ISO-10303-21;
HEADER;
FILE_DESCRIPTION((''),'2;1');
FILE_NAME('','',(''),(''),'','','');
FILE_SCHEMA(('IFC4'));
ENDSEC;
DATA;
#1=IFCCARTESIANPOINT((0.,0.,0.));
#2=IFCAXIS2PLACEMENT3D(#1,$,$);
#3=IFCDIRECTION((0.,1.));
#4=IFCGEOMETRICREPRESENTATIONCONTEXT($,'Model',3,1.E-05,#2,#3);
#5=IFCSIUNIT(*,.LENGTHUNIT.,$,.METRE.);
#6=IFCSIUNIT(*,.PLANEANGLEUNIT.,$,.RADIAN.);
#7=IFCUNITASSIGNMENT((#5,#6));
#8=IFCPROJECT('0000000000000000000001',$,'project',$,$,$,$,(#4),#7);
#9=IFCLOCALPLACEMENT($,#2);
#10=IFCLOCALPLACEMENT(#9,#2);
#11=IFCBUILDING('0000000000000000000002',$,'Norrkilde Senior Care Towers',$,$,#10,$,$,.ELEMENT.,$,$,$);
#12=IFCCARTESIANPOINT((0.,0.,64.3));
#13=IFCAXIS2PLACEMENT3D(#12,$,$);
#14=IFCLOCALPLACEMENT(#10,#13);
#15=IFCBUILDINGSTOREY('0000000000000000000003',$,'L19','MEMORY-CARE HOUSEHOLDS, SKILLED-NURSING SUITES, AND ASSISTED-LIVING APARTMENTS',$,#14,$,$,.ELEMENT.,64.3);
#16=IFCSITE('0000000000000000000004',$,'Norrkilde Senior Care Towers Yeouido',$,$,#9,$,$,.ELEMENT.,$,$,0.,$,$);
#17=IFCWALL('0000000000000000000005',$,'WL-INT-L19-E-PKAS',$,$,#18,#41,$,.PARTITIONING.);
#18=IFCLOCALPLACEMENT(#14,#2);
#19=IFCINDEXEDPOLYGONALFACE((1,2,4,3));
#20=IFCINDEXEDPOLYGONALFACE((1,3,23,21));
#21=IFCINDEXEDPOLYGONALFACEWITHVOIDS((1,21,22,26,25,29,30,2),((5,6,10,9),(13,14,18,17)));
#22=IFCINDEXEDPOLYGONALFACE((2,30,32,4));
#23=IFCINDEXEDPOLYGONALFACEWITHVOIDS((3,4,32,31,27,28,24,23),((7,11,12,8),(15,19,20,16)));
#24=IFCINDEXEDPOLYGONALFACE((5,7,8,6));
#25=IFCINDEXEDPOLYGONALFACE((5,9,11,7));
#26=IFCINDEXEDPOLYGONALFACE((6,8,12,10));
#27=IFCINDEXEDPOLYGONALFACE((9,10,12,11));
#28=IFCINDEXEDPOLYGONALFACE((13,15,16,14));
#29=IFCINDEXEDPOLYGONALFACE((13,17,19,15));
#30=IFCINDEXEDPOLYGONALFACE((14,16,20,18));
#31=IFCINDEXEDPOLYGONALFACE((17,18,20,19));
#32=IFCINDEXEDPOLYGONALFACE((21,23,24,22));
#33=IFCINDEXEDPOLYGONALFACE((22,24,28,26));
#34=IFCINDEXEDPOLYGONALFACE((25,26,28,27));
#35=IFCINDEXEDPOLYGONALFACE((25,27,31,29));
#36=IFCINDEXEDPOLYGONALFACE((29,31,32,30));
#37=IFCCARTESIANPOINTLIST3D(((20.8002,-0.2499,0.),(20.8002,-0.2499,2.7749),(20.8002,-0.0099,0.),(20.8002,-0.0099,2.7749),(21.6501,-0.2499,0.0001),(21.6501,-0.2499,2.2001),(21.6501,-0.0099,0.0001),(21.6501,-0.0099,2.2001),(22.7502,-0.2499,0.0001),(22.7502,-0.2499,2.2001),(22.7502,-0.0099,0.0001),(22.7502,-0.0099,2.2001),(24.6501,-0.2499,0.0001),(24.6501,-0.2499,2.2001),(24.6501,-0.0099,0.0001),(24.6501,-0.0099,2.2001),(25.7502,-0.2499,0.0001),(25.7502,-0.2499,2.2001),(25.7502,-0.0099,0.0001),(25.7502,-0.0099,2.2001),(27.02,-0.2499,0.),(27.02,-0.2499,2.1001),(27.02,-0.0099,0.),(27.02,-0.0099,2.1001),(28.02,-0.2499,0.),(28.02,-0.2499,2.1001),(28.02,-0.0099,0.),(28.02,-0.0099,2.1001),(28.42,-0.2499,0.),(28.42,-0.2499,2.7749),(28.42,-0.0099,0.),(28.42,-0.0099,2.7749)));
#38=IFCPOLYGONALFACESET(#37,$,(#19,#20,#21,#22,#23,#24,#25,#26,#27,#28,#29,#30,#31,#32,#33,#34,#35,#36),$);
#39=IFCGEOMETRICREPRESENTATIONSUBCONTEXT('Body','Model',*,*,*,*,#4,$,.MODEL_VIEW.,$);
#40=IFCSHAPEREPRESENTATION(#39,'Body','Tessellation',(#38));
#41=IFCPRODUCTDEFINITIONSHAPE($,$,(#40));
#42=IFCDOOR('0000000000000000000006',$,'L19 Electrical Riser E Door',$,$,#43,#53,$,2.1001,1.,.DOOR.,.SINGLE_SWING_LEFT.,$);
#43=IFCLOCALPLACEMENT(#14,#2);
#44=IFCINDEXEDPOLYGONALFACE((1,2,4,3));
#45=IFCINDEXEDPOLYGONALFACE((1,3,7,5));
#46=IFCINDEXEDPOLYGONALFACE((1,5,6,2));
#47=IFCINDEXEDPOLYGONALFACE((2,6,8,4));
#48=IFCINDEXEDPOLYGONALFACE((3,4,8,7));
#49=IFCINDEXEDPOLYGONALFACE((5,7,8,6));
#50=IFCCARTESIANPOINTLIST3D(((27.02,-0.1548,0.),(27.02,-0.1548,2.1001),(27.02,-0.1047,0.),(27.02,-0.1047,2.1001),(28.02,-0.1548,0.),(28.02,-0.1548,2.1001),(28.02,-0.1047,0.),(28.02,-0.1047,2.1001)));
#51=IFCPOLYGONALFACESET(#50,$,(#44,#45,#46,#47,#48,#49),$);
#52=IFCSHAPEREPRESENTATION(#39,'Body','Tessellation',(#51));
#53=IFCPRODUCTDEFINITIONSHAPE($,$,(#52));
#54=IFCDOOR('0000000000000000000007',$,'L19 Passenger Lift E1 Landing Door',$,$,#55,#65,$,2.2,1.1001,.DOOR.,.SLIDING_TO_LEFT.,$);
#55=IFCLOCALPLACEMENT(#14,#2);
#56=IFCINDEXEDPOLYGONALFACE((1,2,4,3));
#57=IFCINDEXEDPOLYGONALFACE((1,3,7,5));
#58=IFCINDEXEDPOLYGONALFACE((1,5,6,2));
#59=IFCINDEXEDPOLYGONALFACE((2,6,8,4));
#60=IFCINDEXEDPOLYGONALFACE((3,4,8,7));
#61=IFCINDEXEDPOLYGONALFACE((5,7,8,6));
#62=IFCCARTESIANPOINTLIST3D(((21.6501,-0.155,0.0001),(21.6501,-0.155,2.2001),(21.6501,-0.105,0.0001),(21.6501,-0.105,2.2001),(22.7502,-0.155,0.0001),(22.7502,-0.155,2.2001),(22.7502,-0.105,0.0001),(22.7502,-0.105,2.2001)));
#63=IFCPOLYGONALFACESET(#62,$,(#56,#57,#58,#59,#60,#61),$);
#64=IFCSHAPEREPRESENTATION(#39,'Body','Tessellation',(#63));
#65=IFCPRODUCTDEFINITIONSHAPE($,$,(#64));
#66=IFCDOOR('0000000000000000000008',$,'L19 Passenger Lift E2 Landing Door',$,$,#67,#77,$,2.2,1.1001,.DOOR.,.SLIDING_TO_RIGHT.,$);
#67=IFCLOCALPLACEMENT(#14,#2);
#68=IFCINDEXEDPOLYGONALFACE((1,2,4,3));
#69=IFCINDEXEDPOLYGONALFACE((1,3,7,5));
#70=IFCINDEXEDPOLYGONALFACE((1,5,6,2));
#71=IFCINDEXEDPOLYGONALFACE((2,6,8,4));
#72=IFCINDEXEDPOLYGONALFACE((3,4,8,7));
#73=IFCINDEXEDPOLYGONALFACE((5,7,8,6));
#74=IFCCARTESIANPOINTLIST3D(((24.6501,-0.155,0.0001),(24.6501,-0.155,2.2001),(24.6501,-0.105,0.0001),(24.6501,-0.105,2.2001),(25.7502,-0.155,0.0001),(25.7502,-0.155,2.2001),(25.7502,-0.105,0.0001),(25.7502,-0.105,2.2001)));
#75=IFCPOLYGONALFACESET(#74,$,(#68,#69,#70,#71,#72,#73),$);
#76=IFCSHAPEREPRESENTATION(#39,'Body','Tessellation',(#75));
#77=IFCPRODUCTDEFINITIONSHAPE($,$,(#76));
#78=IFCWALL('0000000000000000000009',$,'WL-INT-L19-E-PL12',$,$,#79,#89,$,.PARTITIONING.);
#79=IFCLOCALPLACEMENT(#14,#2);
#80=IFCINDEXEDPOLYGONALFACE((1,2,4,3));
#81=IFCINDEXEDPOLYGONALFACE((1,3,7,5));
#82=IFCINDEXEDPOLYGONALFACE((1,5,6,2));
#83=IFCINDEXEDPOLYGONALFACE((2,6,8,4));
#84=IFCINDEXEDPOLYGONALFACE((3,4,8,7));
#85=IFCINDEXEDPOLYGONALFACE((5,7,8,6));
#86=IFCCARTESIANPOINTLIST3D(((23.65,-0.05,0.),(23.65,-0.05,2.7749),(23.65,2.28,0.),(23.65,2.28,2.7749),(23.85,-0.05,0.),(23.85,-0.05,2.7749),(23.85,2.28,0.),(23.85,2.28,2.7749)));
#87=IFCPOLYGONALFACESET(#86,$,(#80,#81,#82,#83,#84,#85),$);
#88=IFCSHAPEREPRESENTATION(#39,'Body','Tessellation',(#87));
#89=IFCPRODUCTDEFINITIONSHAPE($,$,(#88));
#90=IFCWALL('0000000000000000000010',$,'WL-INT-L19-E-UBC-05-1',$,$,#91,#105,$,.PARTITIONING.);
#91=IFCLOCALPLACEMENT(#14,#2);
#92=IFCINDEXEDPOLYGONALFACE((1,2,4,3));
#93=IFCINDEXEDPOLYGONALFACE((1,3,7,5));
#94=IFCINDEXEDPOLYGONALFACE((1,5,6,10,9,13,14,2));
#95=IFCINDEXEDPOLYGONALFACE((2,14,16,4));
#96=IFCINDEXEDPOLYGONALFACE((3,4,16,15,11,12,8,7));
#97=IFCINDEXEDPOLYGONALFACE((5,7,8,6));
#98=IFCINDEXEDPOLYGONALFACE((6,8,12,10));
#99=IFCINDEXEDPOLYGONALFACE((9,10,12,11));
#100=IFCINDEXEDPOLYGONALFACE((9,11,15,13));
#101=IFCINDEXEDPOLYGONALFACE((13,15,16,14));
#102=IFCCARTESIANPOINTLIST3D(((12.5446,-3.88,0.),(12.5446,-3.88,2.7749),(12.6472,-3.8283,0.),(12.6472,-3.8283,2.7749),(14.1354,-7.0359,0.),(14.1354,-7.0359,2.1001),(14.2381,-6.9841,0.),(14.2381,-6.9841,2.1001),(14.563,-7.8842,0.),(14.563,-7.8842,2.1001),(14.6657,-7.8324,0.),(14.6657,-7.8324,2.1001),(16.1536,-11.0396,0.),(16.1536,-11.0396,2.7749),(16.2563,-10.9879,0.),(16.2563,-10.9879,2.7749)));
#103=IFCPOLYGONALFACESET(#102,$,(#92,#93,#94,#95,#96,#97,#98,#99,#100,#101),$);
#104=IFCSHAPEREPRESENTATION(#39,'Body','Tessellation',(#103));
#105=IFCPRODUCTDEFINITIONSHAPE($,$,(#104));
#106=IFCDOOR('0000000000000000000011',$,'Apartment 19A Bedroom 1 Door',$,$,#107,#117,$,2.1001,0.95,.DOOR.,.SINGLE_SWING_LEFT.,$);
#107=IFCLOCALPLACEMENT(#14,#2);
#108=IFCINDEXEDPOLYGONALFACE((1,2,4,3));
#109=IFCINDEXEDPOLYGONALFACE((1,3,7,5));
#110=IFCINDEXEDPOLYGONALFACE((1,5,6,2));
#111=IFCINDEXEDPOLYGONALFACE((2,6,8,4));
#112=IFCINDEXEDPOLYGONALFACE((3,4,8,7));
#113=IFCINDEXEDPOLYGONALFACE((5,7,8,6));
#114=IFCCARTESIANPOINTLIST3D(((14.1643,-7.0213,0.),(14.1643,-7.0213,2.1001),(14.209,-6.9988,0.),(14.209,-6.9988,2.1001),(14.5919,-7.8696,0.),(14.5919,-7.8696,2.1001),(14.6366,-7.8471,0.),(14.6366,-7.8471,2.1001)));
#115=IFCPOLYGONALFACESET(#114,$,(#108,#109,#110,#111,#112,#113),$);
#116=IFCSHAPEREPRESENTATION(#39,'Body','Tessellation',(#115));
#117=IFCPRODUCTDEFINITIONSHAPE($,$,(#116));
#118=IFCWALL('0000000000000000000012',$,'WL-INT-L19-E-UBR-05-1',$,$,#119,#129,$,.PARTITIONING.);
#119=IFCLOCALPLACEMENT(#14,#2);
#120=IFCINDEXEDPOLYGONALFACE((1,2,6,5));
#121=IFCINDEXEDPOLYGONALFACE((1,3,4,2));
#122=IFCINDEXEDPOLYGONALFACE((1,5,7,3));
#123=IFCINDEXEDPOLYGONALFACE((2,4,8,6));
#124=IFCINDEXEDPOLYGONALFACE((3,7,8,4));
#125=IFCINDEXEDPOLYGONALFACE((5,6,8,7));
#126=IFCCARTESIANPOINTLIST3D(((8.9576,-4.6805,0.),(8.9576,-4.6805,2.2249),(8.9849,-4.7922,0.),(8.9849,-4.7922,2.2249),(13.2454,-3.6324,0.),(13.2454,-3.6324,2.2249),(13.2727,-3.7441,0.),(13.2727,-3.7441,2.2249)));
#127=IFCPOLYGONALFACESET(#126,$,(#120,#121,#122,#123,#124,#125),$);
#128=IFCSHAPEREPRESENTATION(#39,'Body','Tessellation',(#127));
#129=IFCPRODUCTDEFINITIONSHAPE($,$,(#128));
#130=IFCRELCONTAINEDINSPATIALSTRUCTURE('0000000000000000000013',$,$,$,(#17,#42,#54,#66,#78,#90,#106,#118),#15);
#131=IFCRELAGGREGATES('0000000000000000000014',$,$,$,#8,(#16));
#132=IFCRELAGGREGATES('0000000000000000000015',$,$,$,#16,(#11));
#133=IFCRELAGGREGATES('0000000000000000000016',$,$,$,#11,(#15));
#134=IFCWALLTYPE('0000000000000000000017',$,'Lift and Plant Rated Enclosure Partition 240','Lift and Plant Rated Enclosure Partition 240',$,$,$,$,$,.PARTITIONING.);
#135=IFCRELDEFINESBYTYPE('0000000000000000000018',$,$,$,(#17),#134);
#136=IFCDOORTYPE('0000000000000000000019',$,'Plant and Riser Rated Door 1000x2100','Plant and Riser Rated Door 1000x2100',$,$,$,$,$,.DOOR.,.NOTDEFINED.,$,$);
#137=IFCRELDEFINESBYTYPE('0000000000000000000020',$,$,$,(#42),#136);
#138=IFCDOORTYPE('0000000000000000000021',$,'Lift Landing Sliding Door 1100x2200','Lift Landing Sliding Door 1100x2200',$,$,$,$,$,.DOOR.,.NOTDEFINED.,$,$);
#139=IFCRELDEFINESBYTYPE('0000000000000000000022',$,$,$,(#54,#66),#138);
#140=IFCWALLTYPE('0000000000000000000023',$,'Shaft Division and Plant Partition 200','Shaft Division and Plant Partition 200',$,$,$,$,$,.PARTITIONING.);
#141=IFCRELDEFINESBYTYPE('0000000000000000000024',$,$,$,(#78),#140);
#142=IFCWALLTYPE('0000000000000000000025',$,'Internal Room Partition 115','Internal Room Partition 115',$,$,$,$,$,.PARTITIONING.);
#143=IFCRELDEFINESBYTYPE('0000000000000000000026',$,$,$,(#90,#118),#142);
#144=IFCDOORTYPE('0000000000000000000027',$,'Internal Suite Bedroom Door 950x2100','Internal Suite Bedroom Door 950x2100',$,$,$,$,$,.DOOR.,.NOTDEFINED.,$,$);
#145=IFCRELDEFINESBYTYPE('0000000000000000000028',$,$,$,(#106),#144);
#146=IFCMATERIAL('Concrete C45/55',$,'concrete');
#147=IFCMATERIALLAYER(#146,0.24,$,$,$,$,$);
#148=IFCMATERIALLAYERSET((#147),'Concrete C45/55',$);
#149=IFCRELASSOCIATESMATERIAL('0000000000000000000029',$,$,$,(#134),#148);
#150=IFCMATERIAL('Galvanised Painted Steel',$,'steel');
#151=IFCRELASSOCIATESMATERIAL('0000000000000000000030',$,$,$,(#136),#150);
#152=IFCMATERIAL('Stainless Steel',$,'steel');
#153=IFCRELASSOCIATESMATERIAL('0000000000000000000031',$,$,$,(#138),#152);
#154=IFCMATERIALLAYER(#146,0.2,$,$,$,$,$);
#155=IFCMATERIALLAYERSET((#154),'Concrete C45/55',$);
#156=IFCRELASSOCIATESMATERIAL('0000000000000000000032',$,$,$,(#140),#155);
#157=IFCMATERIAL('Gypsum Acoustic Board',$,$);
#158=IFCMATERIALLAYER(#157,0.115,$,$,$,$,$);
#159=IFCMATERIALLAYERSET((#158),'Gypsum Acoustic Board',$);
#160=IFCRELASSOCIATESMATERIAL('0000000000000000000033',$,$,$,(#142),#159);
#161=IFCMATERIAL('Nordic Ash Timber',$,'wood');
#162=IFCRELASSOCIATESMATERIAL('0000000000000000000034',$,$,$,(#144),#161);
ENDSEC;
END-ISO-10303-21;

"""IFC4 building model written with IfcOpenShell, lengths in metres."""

from ifc_helpers import new_model, si_unit, direction, frame, frame_2d, origin, place, context, subcontext, project, spatial, rectangle, extrude, source, transform, mapped, material, layer, layer_set, type_object, type_shapes, element, fill, save


model = new_model("IFC4")

# Units and contexts
model_context = context("Model", 3, precision=1e-05, world=origin(), true_north=direction((0.0, 1.0)))
body_context = subcontext(model_context, "Body", "Model", "MODEL_VIEW")
ifc_project = project(units=[si_unit("LENGTHUNIT", "METRE"), si_unit("PLANEANGLEUNIT", "RADIAN")], contexts=[model_context])

# Site, building, storey
site_placement = place(None, origin())
site = spatial("IfcSite", under=ifc_project, at=site_placement, Name="Norrkilde Senior Care Towers Yeouido", CompositionType="ELEMENT", RefElevation=0.0)
building_placement = place(site_placement, origin())
building = spatial("IfcBuilding", under=site, at=building_placement, Name="Norrkilde Senior Care Towers", CompositionType="ELEMENT")
storey_placement = place(building_placement, frame((0.0, 0.0, 64.3)))
storey = spatial("IfcBuildingStorey", under=building, at=storey_placement, Name="L19", Description="MEMORY-CARE HOUSEHOLDS, SKILLED-NURSING SUITES, AND ASSISTED-LIVING APARTMENTS", CompositionType="ELEMENT", Elevation=64.3)

# Shared definitions
ifc_material_1 = material(Name="Galvanised Painted Steel", Category="steel")

# Wall, openings, doors
ifc_material_2 = material(Name="Concrete C45/55", Category="concrete")
ifc_layer_1 = layer(ifc_material_2, 0.24)
ifc_layer_set_1 = layer_set([ifc_layer_1], Name="Concrete C45/55")
wall_type_1 = type_object("IfcWallType", Name="Lift and Plant Rated Enclosure Partition 240", Description="Lift and Plant Rated Enclosure Partition 240", PredefinedType="PARTITIONING", material=ifc_layer_set_1)
shared_shape_1 = source(origin(), body_context, "Body", "SweptSolid", [
    extrude(rectangle(XDim=7.6199, YDim=0.24, at=frame_2d((3.8101, 0.0))), origin(), (0.0, 0.0, 1.0), 2.7749),
])
type_shapes(wall_type_1, [shared_shape_1])
wall_1_placement = place(storey_placement, frame((20.8, -0.1299, 0.0), z_axis=(0.0, 0.0, 1.0), x_axis=(1.0, 0.0, 0.0)))
wall_1 = element("IfcWall", 1, at=wall_1_placement, inside=storey, type_object=wall_type_1, Name="WL-INT-L19-E-PKAS", PredefinedType="PARTITIONING", context=body_context, shape_type="MappedRepresentation", body=[
    mapped(shared_shape_1, transform((0.0, 0.0, 0.0), x_axis=(1.0, 0.0, 0.0), y_axis=(0.0, 1.0, 0.0), z_axis=(0.0, 0.0, 1.0), scale=1.0)),
])
opening_1_placement = place(wall_1_placement, frame((6.22, 0.0, 0.0)))
opening_1 = element("IfcOpeningElement", 2, at=opening_1_placement, cuts=wall_1, PredefinedType="OPENING", context=body_context, shape_type="SweptSolid", body=[
    extrude(rectangle(XDim=1.0, YDim=2.1001, at=frame_2d((0.5, 1.05))), frame((0.0, 0.1299, 0.0), z_axis=(0.0, -1.0, 0.0), x_axis=(1.0, 0.0, 0.0)), (0.0, 0.0, 1.0), 0.26),
])
opening_2_placement = place(wall_1_placement, frame((0.8501, 0.0, 0.0)))
opening_2 = element("IfcOpeningElement", 3, at=opening_2_placement, cuts=wall_1, PredefinedType="OPENING", context=body_context, shape_type="SweptSolid", body=[
    extrude(rectangle(XDim=1.1001, YDim=2.2, at=frame_2d((0.55, 1.1001))), frame((0.0, 0.1299, 0.0), z_axis=(0.0, -1.0, 0.0), x_axis=(1.0, 0.0, 0.0)), (0.0, 0.0, 1.0), 0.26),
])
opening_3_placement = place(wall_1_placement, frame((3.8501, 0.0, 0.0)))
opening_3 = element("IfcOpeningElement", 4, at=opening_3_placement, cuts=wall_1, PredefinedType="OPENING", context=body_context, shape_type="SweptSolid", body=[
    extrude(rectangle(XDim=1.1001, YDim=2.2, at=frame_2d((0.55, 1.1001))), frame((0.0, 0.1299, 0.0), z_axis=(0.0, -1.0, 0.0), x_axis=(1.0, 0.0, 0.0)), (0.0, 0.0, 1.0), 0.26),
])
door_type_1 = type_object("IfcDoorType", Name="Plant and Riser Rated Door 1000x2100", Description="Plant and Riser Rated Door 1000x2100", OperationType="NOTDEFINED", PredefinedType="DOOR", material=ifc_material_1)
shared_shape_2 = source(origin(), body_context, "Body", "SweptSolid", [
    extrude(rectangle(XDim=1.0, YDim=2.1001, at=frame_2d((0.5, 1.05))), frame((0.0, 0.0249, 0.0), z_axis=(0.0, -1.0, 0.0), x_axis=(1.0, 0.0, 0.0)), (0.0, 0.0, 1.0), 0.05),
])
type_shapes(door_type_1, [shared_shape_2])
door_1_placement = place(opening_1_placement, frame((1.0, 0.0, 0.0), z_axis=(0.0, 0.0, 1.0), x_axis=(-1.0, 0.0, 0.0)))
door_1 = element("IfcDoor", 5, at=door_1_placement, inside=storey, type_object=door_type_1, Name="L19 Electrical Riser E Door", OperationType="SINGLE_SWING_LEFT", OverallHeight=2.1001, OverallWidth=1.0, PredefinedType="DOOR", context=body_context, shape_type="MappedRepresentation", body=[
    mapped(shared_shape_2, transform((0.0, 0.0, 0.0), x_axis=(1.0, 0.0, 0.0), y_axis=(0.0, 1.0, 0.0), z_axis=(0.0, 0.0, 1.0), scale=1.0)),
])
fill(opening_1, door_1)
ifc_material_3 = material(Name="Stainless Steel", Category="steel")
door_type_2 = type_object("IfcDoorType", Name="Lift Landing Sliding Door 1100x2200", Description="Lift Landing Sliding Door 1100x2200", OperationType="NOTDEFINED", PredefinedType="DOOR", material=ifc_material_3)
shared_shape_3 = source(origin(), body_context, "Body", "SweptSolid", [
    extrude(rectangle(XDim=1.1001, YDim=2.2, at=frame_2d((0.55, 1.1001))), frame((0.0, 0.0249, 0.0), z_axis=(0.0, -1.0, 0.0), x_axis=(1.0, 0.0, 0.0)), (0.0, 0.0, 1.0), 0.05),
])
type_shapes(door_type_2, [shared_shape_3])
door_2_placement = place(opening_2_placement, origin())
door_2 = element("IfcDoor", 6, at=door_2_placement, inside=storey, type_object=door_type_2, Name="L19 Passenger Lift E1 Landing Door", OperationType="SLIDING_TO_LEFT", OverallHeight=2.2, OverallWidth=1.1001, PredefinedType="DOOR", context=body_context, shape_type="MappedRepresentation", body=[
    mapped(shared_shape_3, transform((0.0, 0.0, 0.0), x_axis=(1.0, 0.0, 0.0), y_axis=(0.0, 1.0, 0.0), z_axis=(0.0, 0.0, 1.0), scale=1.0)),
])
fill(opening_2, door_2)
door_3_placement = place(opening_3_placement, origin())
door_3 = element("IfcDoor", 7, at=door_3_placement, inside=storey, type_object=door_type_2, Name="L19 Passenger Lift E2 Landing Door", OperationType="SLIDING_TO_RIGHT", OverallHeight=2.2, OverallWidth=1.1001, PredefinedType="DOOR", context=body_context, shape_type="MappedRepresentation", body=[
    mapped(shared_shape_3, transform((0.0, 0.0, 0.0), x_axis=(1.0, 0.0, 0.0), y_axis=(0.0, 1.0, 0.0), z_axis=(0.0, 0.0, 1.0), scale=1.0)),
])
fill(opening_3, door_3)

# Wall
ifc_layer_2 = layer(ifc_material_2, 0.2)
ifc_layer_set_2 = layer_set([ifc_layer_2], Name="Concrete C45/55")
wall_type_2 = type_object("IfcWallType", Name="Shaft Division and Plant Partition 200", Description="Shaft Division and Plant Partition 200", PredefinedType="PARTITIONING", material=ifc_layer_set_2)
shared_shape_4 = source(origin(), body_context, "Body", "SweptSolid", [
    extrude(rectangle(XDim=2.3301, YDim=0.2, at=frame_2d((1.165, 0.0))), origin(), (0.0, 0.0, 1.0), 2.7749),
])
type_shapes(wall_type_2, [shared_shape_4])
wall_2_placement = place(storey_placement, frame((23.75, -0.05, 0.0), z_axis=(0.0, 0.0, 1.0), x_axis=(0.0, 1.0, 0.0)))
element("IfcWall", 8, at=wall_2_placement, inside=storey, type_object=wall_type_2, Name="WL-INT-L19-E-PL12", PredefinedType="PARTITIONING", context=body_context, shape_type="MappedRepresentation", body=[
    mapped(shared_shape_4, transform((0.0, 0.0, 0.0), x_axis=(1.0, 0.0, 0.0), y_axis=(0.0, 1.0, 0.0), z_axis=(0.0, 0.0, 1.0), scale=1.0)),
])

# Wall, opening, door
ifc_material_4 = material(Name="Gypsum Acoustic Board")
ifc_layer_3 = layer(ifc_material_4, 0.115)
ifc_layer_set_3 = layer_set([ifc_layer_3], Name="Gypsum Acoustic Board")
wall_type_3 = type_object("IfcWallType", Name="Internal Room Partition 115", Description="Internal Room Partition 115", PredefinedType="PARTITIONING", material=ifc_layer_set_3)
shared_shape_5 = source(origin(), body_context, "Body", "SweptSolid", [
    extrude(rectangle(XDim=8.0178, YDim=0.115, at=frame_2d((4.0088, 0.0))), origin(), (0.0, 0.0, 1.0), 2.7749),
])
wall_3_placement = place(storey_placement, frame((12.5959, -3.8542, 0.0), z_axis=(0.0, 0.0, 1.0), x_axis=(0.450134, -0.892961, 0.0)))
wall_3 = element("IfcWall", 9, at=wall_3_placement, inside=storey, type_object=wall_type_3, Name="WL-INT-L19-E-UBC-05-1", PredefinedType="PARTITIONING", context=body_context, shape_type="MappedRepresentation", body=[
    mapped(shared_shape_5, transform((0.0, 0.0, 0.0), x_axis=(1.0, 0.0, 0.0), y_axis=(0.0, 1.0, 0.0), z_axis=(0.0, 0.0, 1.0), scale=1.0)),
])
opening_4_placement = place(wall_3_placement, frame((3.5339, 0.0, 0.0)))
opening_4 = element("IfcOpeningElement", 10, at=opening_4_placement, cuts=wall_3, PredefinedType="OPENING", context=body_context, shape_type="SweptSolid", body=[
    extrude(rectangle(XDim=0.95, YDim=2.1001, at=frame_2d((0.4751, 1.05))), frame((0.0, 0.0674, 0.0), z_axis=(0.0, -1.0, 0.0), x_axis=(1.0, 0.0, 0.0)), (0.0, 0.0, 1.0), 0.135),
])
ifc_material_5 = material(Name="Nordic Ash Timber", Category="wood")
door_type_3 = type_object("IfcDoorType", Name="Internal Suite Bedroom Door 950x2100", Description="Internal Suite Bedroom Door 950x2100", OperationType="NOTDEFINED", PredefinedType="DOOR", material=ifc_material_5)
shared_shape_6 = source(origin(), body_context, "Body", "SweptSolid", [
    extrude(rectangle(XDim=0.95, YDim=2.1001, at=frame_2d((0.4751, 1.05))), frame((0.0, 0.0249, 0.0), z_axis=(0.0, -1.0, 0.0), x_axis=(1.0, 0.0, 0.0)), (0.0, 0.0, 1.0), 0.05),
])
type_shapes(door_type_3, [shared_shape_6])
door_4_placement = place(opening_4_placement, origin())
door_4 = element("IfcDoor", 11, at=door_4_placement, inside=storey, type_object=door_type_3, Name="Apartment 19A Bedroom 1 Door", OperationType="SINGLE_SWING_LEFT", OverallHeight=2.1001, OverallWidth=0.95, PredefinedType="DOOR", context=body_context, shape_type="MappedRepresentation", body=[
    mapped(shared_shape_6, transform((0.0, 0.0, 0.0), x_axis=(1.0, 0.0, 0.0), y_axis=(0.0, 1.0, 0.0), z_axis=(0.0, 0.0, 1.0), scale=1.0)),
])
fill(opening_4, door_4)

# Wall
shared_shape_7 = source(origin(), body_context, "Body", "SweptSolid", [
    extrude(rectangle(XDim=4.4141, YDim=0.115, at=frame_2d((2.207, 0.0))), origin(), (0.0, 0.0, 1.0), 2.2249),
])
type_shapes(wall_type_3, [shared_shape_5, shared_shape_7])
wall_4_placement = place(storey_placement, frame((13.259, -3.6882, 0.0), z_axis=(0.0, 0.0, 1.0), x_axis=(-0.971401, -0.237444, 0.0)))
element("IfcWall", 12, at=wall_4_placement, inside=storey, type_object=wall_type_3, Name="WL-INT-L19-E-UBR-05-1", PredefinedType="PARTITIONING", context=body_context, shape_type="MappedRepresentation", body=[
    mapped(shared_shape_7, transform((0.0, 0.0, 0.0), x_axis=(1.0, 0.0, 0.0), y_axis=(0.0, 1.0, 0.0), z_axis=(0.0, 0.0, 1.0), scale=1.0)),
])

save(model, "model.ifc")
